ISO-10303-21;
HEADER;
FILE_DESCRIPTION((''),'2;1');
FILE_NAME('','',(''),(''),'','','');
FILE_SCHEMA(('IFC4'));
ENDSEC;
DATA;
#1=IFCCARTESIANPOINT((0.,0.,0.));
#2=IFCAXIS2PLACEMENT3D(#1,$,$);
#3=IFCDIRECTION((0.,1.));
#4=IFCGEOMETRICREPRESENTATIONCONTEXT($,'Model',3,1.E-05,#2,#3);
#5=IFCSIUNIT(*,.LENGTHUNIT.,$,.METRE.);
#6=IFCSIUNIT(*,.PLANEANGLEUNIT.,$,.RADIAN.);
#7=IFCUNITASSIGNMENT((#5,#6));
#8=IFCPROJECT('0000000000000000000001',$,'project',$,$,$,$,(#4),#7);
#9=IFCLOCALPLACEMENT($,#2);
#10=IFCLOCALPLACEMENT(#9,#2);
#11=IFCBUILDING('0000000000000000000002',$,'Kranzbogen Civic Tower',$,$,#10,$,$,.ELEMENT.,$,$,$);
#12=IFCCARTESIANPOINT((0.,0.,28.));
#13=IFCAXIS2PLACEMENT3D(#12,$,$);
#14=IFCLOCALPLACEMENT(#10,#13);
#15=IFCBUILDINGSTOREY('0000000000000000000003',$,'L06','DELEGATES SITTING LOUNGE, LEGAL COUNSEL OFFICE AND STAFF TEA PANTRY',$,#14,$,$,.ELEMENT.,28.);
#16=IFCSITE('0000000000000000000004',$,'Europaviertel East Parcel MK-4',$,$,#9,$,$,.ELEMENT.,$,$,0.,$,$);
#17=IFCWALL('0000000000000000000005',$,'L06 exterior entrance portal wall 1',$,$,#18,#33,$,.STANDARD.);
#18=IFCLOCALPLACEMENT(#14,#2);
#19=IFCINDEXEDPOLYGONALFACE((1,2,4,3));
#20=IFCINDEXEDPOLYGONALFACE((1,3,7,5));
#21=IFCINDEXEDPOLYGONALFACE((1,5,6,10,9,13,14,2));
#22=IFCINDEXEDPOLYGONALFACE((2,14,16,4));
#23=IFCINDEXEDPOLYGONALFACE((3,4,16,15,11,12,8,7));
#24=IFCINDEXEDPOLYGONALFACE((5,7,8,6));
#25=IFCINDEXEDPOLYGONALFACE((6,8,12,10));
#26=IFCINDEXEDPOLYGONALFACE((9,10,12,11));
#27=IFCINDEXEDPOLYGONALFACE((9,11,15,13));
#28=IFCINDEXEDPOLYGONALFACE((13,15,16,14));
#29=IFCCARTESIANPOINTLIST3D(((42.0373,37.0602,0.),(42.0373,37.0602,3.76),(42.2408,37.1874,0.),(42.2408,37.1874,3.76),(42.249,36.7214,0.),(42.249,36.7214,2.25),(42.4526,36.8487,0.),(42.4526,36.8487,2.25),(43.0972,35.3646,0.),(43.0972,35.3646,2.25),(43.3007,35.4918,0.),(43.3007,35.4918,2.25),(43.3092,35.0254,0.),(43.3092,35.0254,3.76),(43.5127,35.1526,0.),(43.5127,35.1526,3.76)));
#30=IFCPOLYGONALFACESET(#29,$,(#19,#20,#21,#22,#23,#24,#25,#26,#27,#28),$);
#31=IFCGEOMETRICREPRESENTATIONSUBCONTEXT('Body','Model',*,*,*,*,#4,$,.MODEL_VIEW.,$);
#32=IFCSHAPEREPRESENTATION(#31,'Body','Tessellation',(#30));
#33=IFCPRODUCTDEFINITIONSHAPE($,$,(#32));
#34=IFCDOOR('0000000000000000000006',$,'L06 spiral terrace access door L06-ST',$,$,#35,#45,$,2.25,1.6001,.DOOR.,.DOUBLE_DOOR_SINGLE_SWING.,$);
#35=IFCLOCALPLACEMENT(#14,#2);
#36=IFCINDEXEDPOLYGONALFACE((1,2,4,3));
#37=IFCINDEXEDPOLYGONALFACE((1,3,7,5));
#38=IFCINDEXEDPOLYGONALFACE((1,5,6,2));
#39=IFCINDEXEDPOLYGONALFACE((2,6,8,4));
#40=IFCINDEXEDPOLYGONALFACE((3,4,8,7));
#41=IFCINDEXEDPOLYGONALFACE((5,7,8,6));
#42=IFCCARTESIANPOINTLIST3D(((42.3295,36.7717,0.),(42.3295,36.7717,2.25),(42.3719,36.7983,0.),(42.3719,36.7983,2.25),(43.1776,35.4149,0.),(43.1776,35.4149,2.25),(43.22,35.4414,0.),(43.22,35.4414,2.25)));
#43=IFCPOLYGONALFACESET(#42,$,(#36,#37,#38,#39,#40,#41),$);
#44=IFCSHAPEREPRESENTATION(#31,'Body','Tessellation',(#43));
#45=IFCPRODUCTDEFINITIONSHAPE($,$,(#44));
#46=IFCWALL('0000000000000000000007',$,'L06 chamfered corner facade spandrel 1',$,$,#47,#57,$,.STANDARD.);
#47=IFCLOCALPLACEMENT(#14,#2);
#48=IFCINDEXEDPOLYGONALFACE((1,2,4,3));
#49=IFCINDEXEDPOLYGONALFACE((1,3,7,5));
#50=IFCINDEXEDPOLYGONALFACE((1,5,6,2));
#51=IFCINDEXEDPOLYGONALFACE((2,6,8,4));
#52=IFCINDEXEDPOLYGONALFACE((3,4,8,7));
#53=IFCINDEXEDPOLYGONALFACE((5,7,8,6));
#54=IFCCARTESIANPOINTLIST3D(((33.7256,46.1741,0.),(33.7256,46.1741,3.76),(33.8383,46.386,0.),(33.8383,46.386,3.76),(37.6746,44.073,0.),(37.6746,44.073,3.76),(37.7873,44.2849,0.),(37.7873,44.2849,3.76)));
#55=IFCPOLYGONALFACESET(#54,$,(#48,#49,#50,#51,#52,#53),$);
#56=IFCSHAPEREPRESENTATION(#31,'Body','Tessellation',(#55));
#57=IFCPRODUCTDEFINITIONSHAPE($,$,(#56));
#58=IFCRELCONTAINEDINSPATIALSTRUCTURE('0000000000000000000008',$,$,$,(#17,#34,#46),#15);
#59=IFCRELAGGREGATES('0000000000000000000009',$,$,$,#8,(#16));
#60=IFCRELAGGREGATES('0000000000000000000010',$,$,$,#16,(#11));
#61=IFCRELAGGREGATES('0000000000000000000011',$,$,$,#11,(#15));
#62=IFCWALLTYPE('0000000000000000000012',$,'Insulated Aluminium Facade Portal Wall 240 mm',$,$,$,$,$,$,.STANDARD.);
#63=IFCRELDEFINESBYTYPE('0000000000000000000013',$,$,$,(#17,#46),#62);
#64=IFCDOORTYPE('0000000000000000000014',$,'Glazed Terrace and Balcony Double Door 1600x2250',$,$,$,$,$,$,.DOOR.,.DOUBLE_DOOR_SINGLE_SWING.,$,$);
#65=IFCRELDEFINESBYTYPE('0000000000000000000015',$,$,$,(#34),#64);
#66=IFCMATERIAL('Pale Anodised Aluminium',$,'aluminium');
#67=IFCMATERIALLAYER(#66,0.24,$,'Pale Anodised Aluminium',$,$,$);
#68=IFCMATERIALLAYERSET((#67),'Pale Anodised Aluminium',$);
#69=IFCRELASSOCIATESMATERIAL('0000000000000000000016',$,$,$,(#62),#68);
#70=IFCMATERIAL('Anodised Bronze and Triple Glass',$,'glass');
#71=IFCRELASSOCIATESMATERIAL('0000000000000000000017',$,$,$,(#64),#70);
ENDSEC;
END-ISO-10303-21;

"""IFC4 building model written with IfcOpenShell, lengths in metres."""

from ifc_helpers import new_model, si_unit, direction, frame, frame_2d, origin, place, context, subcontext, project, spatial, rectangle, extrude, material, layer, layer_set, type_object, element, fill, save


model = new_model("IFC4")

# Units and contexts
model_context = context("Model", 3, precision=1e-05, world=origin(), true_north=direction((0.0, 1.0)))
body_context = subcontext(model_context, "Body", "Model", "MODEL_VIEW")
ifc_project = project(units=[si_unit("LENGTHUNIT", "METRE"), si_unit("PLANEANGLEUNIT", "RADIAN")], contexts=[model_context])

# Site, building, storey
site_placement = place(None, origin())
site = spatial("IfcSite", under=ifc_project, at=site_placement, Name="Europaviertel East Parcel MK-4", CompositionType="ELEMENT", RefElevation=0.0)
building_placement = place(site_placement, origin())
building = spatial("IfcBuilding", under=site, at=building_placement, Name="Kranzbogen Civic Tower", CompositionType="ELEMENT")
storey_placement = place(building_placement, frame((0.0, 0.0, 28.0)))
storey = spatial("IfcBuildingStorey", under=building, at=storey_placement, Name="L06", Description="DELEGATES SITTING LOUNGE, LEGAL COUNSEL OFFICE AND STAFF TEA PANTRY", CompositionType="ELEMENT", Elevation=28.0)

# Shared definitions
ifc_material_1 = material(Name="Pale Anodised Aluminium", Category="aluminium")

# Wall, opening, door
ifc_layer_1 = layer(ifc_material_1, 0.24, Name="Pale Anodised Aluminium")
ifc_layer_set_1 = layer_set([ifc_layer_1], Name="Pale Anodised Aluminium")
wall_type_1 = type_object("IfcWallType", Name="Insulated Aluminium Facade Portal Wall 240 mm", PredefinedType="STANDARD", material=ifc_layer_set_1)
wall_1_placement = place(storey_placement, frame((43.4109, 35.0891, 0.0), z_axis=(0.0, 0.0, 1.0), x_axis=(-0.530045, 0.84797, 0.0)))
wall_1 = element("IfcWall", 1, at=wall_1_placement, inside=storey, type_object=wall_type_1, Name="L06 exterior entrance portal wall 1", PredefinedType="STANDARD", context=body_context, shape_type="SweptSolid", body=[
    extrude(rectangle(XDim=2.3997, YDim=0.24, at=frame_2d((1.1997, 0.0))), origin(), (0.0, 0.0, 1.0), 3.76),
])
opening_placement = place(wall_1_placement, frame((0.3999, 0.0, 0.0)))
opening = element("IfcOpeningElement", 2, at=opening_placement, cuts=wall_1, PredefinedType="OPENING", context=body_context, shape_type="SweptSolid", body=[
    extrude(rectangle(XDim=1.6001, YDim=2.25, at=frame_2d((0.8, 1.125))), frame((0.0, 0.1299, 0.0), z_axis=(0.0, -1.0, 0.0), x_axis=(1.0, 0.0, 0.0)), (0.0, 0.0, 1.0), 0.26),
])
ifc_material_2 = material(Name="Anodised Bronze and Triple Glass", Category="glass")
door_type = type_object("IfcDoorType", Name="Glazed Terrace and Balcony Double Door 1600x2250", OperationType="DOUBLE_DOOR_SINGLE_SWING", PredefinedType="DOOR", material=ifc_material_2)
door_placement = place(opening_placement, frame((1.6001, 0.0, 0.0), z_axis=(0.0, 0.0, 1.0), x_axis=(-1.0, 0.0, 0.0)))
door = element("IfcDoor", 3, at=door_placement, inside=storey, type_object=door_type, Name="L06 spiral terrace access door L06-ST", OperationType="DOUBLE_DOOR_SINGLE_SWING", OverallHeight=2.25, OverallWidth=1.6001, PredefinedType="DOOR", context=body_context, shape_type="SweptSolid", body=[
    extrude(rectangle(XDim=1.6001, YDim=2.25, at=frame_2d((0.8, 1.125))), frame((0.0, 0.0249, 0.0), z_axis=(0.0, -1.0, 0.0), x_axis=(1.0, 0.0, 0.0)), (0.0, 0.0, 1.0), 0.05),
])
fill(opening, door)

# Wall
wall_2_placement = place(storey_placement, frame((37.731, 44.179, 0.0), z_axis=(0.0, 0.0, 1.0), x_axis=(-0.882821, 0.46971, 0.0)))
element("IfcWall", 4, at=wall_2_placement, inside=storey, type_object=wall_type_1, Name="L06 chamfered corner facade spandrel 1", PredefinedType="STANDARD", context=body_context, shape_type="SweptSolid", body=[
    extrude(rectangle(XDim=4.4731, YDim=0.24, at=frame_2d((2.2366, 0.0))), origin(), (0.0, 0.0, 1.0), 3.76),
])

save(model, "model.ifc")
